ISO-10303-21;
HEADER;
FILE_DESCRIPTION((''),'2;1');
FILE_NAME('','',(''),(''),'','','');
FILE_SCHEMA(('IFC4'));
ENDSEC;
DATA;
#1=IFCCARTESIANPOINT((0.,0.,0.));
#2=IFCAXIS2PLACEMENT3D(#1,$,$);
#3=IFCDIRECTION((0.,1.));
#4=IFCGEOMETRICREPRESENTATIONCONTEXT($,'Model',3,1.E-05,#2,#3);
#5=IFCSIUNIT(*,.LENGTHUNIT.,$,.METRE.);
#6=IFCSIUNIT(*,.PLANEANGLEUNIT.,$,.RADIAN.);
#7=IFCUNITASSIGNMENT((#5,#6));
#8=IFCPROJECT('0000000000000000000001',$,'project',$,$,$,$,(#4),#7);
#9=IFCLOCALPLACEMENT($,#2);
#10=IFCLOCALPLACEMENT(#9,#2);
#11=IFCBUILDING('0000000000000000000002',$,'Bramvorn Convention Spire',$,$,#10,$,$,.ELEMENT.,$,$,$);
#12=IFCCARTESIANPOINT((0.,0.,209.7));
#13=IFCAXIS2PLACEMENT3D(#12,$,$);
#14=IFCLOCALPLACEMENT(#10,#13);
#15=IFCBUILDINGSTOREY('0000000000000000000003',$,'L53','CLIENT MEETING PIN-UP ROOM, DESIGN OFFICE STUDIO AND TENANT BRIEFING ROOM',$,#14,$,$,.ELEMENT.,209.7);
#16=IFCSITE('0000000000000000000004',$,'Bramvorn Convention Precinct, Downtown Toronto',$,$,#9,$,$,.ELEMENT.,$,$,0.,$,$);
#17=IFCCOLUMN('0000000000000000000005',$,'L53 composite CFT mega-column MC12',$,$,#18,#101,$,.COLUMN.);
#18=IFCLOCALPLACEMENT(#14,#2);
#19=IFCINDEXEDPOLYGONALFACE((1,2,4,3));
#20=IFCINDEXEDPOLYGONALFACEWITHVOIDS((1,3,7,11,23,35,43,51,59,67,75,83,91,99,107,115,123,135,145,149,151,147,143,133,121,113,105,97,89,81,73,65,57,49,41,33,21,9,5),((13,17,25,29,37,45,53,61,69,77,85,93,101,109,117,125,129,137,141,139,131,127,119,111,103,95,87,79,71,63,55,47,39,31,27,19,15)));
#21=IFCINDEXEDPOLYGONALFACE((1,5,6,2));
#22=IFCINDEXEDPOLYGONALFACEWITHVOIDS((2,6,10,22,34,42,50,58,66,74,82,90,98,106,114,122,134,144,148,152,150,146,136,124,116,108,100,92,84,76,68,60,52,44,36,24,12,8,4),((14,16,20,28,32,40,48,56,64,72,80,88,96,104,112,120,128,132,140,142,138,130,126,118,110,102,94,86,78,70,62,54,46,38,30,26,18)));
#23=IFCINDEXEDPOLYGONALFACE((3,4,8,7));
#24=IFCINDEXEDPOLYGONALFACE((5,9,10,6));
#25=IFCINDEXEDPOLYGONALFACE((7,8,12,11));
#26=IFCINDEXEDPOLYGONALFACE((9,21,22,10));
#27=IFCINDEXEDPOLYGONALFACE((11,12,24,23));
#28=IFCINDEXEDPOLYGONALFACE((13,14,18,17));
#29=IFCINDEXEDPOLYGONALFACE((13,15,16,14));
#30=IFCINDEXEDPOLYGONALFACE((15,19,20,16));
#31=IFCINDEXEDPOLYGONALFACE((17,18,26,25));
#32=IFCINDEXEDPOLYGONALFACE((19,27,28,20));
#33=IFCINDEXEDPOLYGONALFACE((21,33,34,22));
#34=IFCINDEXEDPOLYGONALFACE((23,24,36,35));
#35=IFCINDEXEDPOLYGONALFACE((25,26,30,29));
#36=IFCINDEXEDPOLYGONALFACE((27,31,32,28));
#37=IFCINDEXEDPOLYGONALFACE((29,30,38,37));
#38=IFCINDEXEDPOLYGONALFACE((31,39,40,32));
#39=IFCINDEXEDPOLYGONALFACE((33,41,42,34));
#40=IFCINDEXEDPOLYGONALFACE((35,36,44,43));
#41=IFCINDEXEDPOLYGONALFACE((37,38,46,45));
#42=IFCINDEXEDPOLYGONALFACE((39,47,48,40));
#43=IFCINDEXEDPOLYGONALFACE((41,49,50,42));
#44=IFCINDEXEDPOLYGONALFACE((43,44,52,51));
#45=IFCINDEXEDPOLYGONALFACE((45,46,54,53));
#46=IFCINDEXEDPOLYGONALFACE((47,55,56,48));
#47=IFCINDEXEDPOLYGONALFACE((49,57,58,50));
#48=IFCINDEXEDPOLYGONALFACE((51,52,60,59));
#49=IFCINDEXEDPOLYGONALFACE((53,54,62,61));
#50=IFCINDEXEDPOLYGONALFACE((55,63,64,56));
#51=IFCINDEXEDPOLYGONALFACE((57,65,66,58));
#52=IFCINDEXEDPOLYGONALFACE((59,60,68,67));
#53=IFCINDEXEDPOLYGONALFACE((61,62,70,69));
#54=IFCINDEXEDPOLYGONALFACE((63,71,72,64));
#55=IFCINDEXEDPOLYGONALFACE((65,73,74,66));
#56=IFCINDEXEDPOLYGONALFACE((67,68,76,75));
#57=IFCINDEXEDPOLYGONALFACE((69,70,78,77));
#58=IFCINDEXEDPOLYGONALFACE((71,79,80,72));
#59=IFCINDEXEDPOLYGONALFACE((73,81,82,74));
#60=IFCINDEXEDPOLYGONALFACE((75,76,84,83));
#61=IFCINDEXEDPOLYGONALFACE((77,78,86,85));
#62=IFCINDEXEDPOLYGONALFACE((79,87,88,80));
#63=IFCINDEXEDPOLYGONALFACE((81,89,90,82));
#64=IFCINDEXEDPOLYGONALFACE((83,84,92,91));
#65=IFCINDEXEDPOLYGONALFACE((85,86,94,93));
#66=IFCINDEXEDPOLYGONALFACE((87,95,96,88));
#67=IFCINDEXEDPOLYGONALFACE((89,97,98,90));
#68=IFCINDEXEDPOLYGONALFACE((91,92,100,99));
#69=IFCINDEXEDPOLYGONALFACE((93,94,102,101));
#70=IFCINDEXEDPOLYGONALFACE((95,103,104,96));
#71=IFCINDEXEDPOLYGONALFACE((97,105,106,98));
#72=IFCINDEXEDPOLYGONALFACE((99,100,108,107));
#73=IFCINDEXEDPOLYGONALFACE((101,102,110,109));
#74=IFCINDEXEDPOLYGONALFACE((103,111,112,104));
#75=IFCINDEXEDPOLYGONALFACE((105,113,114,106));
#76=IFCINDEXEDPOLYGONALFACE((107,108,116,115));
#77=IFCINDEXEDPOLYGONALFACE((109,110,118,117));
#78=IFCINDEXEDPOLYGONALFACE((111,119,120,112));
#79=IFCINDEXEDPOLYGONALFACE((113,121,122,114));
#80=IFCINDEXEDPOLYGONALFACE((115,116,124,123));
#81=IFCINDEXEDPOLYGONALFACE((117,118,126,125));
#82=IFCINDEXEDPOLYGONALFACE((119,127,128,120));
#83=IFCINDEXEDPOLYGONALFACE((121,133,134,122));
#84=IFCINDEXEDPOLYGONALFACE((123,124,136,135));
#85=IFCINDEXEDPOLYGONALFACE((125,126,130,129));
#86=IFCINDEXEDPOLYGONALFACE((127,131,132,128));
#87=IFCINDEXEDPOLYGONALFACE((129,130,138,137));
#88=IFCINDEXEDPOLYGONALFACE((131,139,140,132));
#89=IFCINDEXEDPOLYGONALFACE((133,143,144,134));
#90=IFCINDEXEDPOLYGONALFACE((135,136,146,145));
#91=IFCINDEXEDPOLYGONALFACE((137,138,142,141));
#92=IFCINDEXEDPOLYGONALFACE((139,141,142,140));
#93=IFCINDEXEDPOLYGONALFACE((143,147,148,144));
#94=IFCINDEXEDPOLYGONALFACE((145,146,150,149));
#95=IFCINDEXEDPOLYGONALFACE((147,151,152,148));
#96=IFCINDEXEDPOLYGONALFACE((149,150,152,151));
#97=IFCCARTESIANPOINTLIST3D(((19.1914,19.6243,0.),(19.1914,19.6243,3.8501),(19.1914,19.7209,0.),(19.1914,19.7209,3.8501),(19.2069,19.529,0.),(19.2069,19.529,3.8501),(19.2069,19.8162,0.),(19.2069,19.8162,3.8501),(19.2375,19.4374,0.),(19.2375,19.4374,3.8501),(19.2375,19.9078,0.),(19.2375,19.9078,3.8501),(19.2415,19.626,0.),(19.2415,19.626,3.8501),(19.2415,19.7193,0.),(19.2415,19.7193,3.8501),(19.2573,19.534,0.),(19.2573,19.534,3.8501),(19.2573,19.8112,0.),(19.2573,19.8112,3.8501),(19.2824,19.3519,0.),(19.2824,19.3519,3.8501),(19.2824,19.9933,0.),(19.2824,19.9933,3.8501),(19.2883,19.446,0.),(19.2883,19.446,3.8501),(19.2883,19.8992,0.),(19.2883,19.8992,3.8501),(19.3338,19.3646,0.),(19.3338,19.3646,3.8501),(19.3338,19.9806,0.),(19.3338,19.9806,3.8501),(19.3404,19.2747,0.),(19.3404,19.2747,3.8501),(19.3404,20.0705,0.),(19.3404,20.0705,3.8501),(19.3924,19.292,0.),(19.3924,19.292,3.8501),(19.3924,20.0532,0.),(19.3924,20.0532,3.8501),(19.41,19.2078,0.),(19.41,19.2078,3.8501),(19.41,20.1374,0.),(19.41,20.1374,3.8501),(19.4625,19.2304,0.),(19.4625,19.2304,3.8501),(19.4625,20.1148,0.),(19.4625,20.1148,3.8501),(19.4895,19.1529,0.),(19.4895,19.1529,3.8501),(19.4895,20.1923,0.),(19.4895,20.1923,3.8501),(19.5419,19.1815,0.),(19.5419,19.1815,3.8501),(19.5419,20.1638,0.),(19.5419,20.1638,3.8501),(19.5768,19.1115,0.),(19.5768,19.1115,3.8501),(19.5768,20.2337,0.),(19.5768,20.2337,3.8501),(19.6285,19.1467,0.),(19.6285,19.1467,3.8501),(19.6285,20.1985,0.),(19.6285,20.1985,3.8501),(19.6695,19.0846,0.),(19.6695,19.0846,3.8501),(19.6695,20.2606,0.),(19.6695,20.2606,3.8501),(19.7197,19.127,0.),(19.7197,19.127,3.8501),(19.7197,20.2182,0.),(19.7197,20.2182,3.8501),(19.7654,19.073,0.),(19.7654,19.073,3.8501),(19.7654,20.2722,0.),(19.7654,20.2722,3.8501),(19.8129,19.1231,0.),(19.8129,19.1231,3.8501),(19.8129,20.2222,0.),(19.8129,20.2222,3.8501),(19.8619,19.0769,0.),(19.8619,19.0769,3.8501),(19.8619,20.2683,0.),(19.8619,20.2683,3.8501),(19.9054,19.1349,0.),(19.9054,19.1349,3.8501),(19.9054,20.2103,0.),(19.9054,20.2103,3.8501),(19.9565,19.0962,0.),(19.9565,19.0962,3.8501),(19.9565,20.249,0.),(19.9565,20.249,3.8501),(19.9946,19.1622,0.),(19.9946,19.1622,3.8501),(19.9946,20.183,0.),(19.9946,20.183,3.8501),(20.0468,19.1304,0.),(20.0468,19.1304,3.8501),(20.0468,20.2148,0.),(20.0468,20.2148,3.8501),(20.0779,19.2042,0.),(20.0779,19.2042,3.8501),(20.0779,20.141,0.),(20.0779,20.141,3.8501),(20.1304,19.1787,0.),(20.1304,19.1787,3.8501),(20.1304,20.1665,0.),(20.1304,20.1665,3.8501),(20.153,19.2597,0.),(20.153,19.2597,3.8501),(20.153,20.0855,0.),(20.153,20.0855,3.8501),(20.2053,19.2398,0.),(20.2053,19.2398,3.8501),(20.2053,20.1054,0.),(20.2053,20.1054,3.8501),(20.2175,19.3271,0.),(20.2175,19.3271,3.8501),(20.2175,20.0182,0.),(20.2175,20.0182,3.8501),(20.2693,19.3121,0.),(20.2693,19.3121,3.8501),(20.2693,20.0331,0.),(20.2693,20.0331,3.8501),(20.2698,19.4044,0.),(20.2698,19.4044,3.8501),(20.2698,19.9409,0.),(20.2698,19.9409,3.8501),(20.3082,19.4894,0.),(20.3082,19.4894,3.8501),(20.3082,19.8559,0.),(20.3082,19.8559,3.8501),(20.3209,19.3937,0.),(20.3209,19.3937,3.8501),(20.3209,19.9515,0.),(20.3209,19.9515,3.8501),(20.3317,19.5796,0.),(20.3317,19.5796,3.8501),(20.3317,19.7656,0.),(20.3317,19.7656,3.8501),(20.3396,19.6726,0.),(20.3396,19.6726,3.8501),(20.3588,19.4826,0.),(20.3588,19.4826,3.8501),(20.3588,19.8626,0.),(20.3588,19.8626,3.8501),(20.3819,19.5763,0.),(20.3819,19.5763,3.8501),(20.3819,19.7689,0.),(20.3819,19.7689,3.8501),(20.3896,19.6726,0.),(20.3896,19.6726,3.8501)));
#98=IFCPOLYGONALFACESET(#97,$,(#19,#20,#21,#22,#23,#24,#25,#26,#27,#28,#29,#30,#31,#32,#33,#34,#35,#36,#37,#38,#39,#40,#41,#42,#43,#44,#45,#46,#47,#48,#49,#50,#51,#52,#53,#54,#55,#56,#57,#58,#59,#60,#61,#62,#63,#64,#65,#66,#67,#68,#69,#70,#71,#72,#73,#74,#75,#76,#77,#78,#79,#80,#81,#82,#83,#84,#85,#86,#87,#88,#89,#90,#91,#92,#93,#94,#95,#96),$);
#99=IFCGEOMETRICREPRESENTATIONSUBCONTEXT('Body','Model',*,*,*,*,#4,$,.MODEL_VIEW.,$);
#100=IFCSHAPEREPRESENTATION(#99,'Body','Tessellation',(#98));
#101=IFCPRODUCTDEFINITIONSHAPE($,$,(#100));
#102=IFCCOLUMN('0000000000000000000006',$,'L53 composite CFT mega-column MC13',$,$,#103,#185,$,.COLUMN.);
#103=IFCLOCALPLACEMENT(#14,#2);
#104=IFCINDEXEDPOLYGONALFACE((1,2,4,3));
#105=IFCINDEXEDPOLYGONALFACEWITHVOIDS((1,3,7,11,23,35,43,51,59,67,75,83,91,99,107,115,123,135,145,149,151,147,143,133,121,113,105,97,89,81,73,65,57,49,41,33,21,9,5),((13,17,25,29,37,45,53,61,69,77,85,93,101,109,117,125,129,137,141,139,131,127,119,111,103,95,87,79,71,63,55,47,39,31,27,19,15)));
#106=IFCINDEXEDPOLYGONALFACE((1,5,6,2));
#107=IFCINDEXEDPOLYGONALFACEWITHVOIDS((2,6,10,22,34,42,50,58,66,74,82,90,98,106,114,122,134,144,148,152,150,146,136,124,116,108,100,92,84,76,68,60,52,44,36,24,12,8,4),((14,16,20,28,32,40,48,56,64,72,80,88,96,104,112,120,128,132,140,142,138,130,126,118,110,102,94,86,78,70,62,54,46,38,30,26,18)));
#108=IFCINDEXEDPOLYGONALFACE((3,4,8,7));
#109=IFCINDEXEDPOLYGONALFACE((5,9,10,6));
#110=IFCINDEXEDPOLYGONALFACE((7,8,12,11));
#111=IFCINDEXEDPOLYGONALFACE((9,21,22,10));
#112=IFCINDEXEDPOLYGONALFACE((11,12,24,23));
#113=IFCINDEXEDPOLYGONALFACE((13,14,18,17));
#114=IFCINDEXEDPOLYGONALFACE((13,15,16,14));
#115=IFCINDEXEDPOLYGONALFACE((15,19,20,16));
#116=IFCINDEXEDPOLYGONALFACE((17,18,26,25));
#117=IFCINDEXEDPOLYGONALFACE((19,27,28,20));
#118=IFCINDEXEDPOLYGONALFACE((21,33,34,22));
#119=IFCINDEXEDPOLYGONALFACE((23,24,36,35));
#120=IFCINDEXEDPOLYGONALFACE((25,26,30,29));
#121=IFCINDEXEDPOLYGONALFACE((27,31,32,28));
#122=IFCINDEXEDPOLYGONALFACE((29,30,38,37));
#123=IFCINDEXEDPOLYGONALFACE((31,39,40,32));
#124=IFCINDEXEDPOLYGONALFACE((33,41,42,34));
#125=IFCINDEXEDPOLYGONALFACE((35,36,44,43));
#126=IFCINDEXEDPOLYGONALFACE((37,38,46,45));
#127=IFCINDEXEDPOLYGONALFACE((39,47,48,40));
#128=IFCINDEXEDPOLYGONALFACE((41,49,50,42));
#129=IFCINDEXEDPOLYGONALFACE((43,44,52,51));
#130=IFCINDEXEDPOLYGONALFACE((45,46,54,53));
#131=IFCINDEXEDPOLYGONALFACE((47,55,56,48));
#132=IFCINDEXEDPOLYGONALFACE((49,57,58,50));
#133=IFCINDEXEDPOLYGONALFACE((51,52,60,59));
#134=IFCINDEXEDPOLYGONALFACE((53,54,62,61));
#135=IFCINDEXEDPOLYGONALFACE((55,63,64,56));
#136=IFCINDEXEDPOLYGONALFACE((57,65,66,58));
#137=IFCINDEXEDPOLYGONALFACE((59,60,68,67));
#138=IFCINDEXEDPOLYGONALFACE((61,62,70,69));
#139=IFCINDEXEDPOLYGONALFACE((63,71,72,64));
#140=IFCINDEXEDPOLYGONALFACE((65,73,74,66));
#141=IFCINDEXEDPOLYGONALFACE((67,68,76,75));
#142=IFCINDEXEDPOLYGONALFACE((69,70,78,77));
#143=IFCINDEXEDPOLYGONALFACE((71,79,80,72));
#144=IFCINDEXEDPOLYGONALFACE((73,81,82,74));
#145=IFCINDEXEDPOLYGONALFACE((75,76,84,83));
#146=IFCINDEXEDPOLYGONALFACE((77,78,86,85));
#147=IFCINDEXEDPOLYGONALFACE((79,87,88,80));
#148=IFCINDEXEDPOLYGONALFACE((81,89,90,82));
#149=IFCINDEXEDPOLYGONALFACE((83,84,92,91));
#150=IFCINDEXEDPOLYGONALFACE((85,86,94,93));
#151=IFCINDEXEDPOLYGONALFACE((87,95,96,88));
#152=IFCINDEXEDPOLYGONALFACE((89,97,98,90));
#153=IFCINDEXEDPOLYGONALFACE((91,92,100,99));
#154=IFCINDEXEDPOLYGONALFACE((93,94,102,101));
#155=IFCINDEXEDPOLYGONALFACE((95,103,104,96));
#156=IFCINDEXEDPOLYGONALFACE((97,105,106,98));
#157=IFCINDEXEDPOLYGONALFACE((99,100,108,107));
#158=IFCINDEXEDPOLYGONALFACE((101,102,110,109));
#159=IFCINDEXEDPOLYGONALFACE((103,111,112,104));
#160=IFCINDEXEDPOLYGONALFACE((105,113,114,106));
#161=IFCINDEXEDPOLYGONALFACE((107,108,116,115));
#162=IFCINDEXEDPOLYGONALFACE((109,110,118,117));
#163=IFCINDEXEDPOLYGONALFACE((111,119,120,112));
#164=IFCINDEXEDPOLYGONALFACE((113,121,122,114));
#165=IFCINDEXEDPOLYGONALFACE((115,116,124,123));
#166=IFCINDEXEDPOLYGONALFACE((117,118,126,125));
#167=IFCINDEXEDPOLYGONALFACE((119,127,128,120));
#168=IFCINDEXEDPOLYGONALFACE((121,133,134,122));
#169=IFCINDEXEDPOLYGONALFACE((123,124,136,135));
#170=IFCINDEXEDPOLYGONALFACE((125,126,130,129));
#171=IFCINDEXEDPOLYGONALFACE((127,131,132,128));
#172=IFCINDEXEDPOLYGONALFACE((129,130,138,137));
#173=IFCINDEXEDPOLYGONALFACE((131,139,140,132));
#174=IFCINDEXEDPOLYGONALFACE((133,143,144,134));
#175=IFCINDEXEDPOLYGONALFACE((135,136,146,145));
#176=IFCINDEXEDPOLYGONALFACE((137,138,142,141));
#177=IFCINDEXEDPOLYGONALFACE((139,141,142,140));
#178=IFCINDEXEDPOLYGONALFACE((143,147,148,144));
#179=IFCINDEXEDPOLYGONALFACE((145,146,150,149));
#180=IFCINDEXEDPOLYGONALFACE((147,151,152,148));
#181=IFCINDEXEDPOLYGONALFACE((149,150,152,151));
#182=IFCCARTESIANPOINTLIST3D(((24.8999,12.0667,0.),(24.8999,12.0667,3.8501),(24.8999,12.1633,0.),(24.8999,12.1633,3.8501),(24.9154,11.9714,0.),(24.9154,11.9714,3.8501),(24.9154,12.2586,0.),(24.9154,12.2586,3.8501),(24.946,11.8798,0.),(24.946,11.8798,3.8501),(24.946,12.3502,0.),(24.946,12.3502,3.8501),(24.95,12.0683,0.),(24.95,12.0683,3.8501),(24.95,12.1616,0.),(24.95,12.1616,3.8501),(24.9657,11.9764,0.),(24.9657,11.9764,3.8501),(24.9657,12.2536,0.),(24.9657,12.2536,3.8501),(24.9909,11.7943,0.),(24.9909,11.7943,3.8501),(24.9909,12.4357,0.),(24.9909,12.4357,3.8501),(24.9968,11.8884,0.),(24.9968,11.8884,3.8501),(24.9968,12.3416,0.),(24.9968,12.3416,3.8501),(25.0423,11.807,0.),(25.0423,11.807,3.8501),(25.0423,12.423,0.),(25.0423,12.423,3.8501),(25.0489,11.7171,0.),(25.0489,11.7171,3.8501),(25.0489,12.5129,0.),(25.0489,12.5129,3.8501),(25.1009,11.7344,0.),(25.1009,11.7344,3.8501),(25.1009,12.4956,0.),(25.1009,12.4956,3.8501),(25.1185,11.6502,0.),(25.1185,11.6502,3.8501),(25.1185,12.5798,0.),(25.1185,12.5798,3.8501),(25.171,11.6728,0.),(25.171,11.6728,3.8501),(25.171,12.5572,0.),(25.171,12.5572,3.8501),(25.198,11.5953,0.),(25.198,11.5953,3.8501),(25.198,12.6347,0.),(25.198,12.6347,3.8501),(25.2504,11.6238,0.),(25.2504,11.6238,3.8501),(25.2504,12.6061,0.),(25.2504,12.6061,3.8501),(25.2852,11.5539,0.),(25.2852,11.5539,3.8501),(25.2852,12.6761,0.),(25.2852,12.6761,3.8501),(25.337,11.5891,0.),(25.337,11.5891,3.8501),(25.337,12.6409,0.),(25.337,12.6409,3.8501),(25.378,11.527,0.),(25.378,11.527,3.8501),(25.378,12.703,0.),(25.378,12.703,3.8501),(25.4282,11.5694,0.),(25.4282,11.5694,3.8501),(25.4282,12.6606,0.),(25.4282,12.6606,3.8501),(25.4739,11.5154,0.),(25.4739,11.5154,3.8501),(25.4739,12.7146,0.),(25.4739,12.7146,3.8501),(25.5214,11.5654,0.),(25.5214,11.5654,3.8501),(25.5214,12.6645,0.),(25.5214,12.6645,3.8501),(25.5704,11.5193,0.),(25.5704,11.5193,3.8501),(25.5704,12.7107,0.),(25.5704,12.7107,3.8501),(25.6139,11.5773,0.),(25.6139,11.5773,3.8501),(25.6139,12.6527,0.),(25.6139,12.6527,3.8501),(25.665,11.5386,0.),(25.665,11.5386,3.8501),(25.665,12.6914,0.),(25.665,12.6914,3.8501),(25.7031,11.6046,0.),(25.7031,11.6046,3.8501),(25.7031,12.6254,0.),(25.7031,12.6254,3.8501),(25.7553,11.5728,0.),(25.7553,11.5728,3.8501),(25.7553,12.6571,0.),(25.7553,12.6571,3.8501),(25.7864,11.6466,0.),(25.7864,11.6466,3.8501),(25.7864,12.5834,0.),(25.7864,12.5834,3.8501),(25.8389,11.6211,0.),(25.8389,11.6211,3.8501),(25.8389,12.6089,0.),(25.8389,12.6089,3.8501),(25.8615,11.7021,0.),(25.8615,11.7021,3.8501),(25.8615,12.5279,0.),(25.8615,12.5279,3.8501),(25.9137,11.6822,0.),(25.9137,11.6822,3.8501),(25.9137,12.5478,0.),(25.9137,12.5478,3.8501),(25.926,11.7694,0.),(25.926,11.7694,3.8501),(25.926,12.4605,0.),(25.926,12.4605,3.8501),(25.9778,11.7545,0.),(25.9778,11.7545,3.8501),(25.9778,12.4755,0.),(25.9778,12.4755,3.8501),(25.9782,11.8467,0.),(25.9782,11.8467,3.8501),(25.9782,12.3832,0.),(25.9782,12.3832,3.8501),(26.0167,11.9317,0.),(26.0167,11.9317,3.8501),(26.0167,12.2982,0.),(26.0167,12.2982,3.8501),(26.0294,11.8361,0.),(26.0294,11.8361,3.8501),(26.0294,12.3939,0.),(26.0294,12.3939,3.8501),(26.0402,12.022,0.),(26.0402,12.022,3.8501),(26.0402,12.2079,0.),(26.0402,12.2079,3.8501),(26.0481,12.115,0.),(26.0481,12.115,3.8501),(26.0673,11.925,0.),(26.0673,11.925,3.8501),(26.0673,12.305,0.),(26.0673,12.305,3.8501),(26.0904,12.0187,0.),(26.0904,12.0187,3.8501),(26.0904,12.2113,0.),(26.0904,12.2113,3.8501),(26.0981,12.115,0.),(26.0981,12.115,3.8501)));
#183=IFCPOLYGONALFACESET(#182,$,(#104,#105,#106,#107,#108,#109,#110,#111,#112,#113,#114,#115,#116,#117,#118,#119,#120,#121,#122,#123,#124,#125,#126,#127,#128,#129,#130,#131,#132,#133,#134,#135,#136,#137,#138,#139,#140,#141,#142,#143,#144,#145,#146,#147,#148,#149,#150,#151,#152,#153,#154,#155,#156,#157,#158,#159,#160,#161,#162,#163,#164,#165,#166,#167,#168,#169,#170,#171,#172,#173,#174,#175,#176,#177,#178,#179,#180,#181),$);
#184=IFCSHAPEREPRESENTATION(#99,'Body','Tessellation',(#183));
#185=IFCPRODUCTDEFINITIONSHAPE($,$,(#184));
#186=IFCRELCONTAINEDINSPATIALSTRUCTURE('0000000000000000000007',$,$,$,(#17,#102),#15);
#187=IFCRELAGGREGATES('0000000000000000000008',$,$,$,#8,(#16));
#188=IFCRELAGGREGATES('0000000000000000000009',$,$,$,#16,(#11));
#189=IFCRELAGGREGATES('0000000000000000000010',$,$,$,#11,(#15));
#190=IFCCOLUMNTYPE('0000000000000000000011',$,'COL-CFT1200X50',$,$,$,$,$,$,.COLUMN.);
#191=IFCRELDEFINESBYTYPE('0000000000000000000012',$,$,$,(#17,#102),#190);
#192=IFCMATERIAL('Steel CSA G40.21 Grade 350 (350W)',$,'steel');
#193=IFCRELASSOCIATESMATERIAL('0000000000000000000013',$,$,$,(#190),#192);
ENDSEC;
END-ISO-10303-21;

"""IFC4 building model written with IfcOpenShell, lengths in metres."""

from ifc_helpers import new_model, si_unit, direction, frame, origin, origin_2d, place, context, subcontext, project, spatial, hollow_circle, extrude, material, material_profile, profile_set, type_object, element, save


model = new_model("IFC4")

# Units and contexts
model_context = context("Model", 3, precision=1e-05, world=origin(), true_north=direction((0.0, 1.0)))
body_context = subcontext(model_context, "Body", "Model", "MODEL_VIEW")
ifc_project = project(units=[si_unit("LENGTHUNIT", "METRE"), si_unit("PLANEANGLEUNIT", "RADIAN")], contexts=[model_context])

# Site, building, storey
site_placement = place(None, origin())
site = spatial("IfcSite", under=ifc_project, at=site_placement, Name="Bramvorn Convention Precinct, Downtown Toronto", CompositionType="ELEMENT", RefElevation=0.0)
building_placement = place(site_placement, origin())
building = spatial("IfcBuilding", under=site, at=building_placement, Name="Bramvorn Convention Spire", CompositionType="ELEMENT")
storey_placement = place(building_placement, frame((0.0, 0.0, 209.7)))
storey = spatial("IfcBuildingStorey", under=building, at=storey_placement, Name="L53", Description="CLIENT MEETING PIN-UP ROOM, DESIGN OFFICE STUDIO AND TENANT BRIEFING ROOM", CompositionType="ELEMENT", Elevation=209.7)

# Columns
ifc_material_1 = material(Name="Steel CSA G40.21 Grade 350 (350W)", Category="steel")
ifc_material_profile_1 = material_profile(ifc_material_1, hollow_circle(Radius=0.6001, WallThickness=0.05, at=origin_2d()))
ifc_profile_set_1 = profile_set([ifc_material_profile_1], Name="Steel CSA G40.21 Grade 350 (350W) - CFT1200X50")
column_type = type_object("IfcColumnType", Name="COL-CFT1200X50", PredefinedType="COLUMN", material=ifc_profile_set_1)
for number, where, z_axis, x_axis, name in (
    (1, (19.7896, 19.6726, 0.0), (0.0, 0.0, 1.0), (1.0, 0.0, 0.0), "L53 composite CFT mega-column MC12"),
    (2, (25.498, 12.115, 0.0), (0.0, 0.0, 1.0), (1.0, 0.0, 0.0), "L53 composite CFT mega-column MC13"),
):
    element("IfcColumn", number, at=place(storey_placement, frame(where, z_axis=z_axis, x_axis=x_axis)), inside=storey, type_object=column_type, Name=name, PredefinedType="COLUMN", context=body_context, shape_type="SweptSolid", body=[
        extrude(hollow_circle(Radius=0.6001, WallThickness=0.05, at=origin_2d()), origin(), (0.0, 0.0, 1.0), 3.8501),
    ])

save(model, "model.ifc")
